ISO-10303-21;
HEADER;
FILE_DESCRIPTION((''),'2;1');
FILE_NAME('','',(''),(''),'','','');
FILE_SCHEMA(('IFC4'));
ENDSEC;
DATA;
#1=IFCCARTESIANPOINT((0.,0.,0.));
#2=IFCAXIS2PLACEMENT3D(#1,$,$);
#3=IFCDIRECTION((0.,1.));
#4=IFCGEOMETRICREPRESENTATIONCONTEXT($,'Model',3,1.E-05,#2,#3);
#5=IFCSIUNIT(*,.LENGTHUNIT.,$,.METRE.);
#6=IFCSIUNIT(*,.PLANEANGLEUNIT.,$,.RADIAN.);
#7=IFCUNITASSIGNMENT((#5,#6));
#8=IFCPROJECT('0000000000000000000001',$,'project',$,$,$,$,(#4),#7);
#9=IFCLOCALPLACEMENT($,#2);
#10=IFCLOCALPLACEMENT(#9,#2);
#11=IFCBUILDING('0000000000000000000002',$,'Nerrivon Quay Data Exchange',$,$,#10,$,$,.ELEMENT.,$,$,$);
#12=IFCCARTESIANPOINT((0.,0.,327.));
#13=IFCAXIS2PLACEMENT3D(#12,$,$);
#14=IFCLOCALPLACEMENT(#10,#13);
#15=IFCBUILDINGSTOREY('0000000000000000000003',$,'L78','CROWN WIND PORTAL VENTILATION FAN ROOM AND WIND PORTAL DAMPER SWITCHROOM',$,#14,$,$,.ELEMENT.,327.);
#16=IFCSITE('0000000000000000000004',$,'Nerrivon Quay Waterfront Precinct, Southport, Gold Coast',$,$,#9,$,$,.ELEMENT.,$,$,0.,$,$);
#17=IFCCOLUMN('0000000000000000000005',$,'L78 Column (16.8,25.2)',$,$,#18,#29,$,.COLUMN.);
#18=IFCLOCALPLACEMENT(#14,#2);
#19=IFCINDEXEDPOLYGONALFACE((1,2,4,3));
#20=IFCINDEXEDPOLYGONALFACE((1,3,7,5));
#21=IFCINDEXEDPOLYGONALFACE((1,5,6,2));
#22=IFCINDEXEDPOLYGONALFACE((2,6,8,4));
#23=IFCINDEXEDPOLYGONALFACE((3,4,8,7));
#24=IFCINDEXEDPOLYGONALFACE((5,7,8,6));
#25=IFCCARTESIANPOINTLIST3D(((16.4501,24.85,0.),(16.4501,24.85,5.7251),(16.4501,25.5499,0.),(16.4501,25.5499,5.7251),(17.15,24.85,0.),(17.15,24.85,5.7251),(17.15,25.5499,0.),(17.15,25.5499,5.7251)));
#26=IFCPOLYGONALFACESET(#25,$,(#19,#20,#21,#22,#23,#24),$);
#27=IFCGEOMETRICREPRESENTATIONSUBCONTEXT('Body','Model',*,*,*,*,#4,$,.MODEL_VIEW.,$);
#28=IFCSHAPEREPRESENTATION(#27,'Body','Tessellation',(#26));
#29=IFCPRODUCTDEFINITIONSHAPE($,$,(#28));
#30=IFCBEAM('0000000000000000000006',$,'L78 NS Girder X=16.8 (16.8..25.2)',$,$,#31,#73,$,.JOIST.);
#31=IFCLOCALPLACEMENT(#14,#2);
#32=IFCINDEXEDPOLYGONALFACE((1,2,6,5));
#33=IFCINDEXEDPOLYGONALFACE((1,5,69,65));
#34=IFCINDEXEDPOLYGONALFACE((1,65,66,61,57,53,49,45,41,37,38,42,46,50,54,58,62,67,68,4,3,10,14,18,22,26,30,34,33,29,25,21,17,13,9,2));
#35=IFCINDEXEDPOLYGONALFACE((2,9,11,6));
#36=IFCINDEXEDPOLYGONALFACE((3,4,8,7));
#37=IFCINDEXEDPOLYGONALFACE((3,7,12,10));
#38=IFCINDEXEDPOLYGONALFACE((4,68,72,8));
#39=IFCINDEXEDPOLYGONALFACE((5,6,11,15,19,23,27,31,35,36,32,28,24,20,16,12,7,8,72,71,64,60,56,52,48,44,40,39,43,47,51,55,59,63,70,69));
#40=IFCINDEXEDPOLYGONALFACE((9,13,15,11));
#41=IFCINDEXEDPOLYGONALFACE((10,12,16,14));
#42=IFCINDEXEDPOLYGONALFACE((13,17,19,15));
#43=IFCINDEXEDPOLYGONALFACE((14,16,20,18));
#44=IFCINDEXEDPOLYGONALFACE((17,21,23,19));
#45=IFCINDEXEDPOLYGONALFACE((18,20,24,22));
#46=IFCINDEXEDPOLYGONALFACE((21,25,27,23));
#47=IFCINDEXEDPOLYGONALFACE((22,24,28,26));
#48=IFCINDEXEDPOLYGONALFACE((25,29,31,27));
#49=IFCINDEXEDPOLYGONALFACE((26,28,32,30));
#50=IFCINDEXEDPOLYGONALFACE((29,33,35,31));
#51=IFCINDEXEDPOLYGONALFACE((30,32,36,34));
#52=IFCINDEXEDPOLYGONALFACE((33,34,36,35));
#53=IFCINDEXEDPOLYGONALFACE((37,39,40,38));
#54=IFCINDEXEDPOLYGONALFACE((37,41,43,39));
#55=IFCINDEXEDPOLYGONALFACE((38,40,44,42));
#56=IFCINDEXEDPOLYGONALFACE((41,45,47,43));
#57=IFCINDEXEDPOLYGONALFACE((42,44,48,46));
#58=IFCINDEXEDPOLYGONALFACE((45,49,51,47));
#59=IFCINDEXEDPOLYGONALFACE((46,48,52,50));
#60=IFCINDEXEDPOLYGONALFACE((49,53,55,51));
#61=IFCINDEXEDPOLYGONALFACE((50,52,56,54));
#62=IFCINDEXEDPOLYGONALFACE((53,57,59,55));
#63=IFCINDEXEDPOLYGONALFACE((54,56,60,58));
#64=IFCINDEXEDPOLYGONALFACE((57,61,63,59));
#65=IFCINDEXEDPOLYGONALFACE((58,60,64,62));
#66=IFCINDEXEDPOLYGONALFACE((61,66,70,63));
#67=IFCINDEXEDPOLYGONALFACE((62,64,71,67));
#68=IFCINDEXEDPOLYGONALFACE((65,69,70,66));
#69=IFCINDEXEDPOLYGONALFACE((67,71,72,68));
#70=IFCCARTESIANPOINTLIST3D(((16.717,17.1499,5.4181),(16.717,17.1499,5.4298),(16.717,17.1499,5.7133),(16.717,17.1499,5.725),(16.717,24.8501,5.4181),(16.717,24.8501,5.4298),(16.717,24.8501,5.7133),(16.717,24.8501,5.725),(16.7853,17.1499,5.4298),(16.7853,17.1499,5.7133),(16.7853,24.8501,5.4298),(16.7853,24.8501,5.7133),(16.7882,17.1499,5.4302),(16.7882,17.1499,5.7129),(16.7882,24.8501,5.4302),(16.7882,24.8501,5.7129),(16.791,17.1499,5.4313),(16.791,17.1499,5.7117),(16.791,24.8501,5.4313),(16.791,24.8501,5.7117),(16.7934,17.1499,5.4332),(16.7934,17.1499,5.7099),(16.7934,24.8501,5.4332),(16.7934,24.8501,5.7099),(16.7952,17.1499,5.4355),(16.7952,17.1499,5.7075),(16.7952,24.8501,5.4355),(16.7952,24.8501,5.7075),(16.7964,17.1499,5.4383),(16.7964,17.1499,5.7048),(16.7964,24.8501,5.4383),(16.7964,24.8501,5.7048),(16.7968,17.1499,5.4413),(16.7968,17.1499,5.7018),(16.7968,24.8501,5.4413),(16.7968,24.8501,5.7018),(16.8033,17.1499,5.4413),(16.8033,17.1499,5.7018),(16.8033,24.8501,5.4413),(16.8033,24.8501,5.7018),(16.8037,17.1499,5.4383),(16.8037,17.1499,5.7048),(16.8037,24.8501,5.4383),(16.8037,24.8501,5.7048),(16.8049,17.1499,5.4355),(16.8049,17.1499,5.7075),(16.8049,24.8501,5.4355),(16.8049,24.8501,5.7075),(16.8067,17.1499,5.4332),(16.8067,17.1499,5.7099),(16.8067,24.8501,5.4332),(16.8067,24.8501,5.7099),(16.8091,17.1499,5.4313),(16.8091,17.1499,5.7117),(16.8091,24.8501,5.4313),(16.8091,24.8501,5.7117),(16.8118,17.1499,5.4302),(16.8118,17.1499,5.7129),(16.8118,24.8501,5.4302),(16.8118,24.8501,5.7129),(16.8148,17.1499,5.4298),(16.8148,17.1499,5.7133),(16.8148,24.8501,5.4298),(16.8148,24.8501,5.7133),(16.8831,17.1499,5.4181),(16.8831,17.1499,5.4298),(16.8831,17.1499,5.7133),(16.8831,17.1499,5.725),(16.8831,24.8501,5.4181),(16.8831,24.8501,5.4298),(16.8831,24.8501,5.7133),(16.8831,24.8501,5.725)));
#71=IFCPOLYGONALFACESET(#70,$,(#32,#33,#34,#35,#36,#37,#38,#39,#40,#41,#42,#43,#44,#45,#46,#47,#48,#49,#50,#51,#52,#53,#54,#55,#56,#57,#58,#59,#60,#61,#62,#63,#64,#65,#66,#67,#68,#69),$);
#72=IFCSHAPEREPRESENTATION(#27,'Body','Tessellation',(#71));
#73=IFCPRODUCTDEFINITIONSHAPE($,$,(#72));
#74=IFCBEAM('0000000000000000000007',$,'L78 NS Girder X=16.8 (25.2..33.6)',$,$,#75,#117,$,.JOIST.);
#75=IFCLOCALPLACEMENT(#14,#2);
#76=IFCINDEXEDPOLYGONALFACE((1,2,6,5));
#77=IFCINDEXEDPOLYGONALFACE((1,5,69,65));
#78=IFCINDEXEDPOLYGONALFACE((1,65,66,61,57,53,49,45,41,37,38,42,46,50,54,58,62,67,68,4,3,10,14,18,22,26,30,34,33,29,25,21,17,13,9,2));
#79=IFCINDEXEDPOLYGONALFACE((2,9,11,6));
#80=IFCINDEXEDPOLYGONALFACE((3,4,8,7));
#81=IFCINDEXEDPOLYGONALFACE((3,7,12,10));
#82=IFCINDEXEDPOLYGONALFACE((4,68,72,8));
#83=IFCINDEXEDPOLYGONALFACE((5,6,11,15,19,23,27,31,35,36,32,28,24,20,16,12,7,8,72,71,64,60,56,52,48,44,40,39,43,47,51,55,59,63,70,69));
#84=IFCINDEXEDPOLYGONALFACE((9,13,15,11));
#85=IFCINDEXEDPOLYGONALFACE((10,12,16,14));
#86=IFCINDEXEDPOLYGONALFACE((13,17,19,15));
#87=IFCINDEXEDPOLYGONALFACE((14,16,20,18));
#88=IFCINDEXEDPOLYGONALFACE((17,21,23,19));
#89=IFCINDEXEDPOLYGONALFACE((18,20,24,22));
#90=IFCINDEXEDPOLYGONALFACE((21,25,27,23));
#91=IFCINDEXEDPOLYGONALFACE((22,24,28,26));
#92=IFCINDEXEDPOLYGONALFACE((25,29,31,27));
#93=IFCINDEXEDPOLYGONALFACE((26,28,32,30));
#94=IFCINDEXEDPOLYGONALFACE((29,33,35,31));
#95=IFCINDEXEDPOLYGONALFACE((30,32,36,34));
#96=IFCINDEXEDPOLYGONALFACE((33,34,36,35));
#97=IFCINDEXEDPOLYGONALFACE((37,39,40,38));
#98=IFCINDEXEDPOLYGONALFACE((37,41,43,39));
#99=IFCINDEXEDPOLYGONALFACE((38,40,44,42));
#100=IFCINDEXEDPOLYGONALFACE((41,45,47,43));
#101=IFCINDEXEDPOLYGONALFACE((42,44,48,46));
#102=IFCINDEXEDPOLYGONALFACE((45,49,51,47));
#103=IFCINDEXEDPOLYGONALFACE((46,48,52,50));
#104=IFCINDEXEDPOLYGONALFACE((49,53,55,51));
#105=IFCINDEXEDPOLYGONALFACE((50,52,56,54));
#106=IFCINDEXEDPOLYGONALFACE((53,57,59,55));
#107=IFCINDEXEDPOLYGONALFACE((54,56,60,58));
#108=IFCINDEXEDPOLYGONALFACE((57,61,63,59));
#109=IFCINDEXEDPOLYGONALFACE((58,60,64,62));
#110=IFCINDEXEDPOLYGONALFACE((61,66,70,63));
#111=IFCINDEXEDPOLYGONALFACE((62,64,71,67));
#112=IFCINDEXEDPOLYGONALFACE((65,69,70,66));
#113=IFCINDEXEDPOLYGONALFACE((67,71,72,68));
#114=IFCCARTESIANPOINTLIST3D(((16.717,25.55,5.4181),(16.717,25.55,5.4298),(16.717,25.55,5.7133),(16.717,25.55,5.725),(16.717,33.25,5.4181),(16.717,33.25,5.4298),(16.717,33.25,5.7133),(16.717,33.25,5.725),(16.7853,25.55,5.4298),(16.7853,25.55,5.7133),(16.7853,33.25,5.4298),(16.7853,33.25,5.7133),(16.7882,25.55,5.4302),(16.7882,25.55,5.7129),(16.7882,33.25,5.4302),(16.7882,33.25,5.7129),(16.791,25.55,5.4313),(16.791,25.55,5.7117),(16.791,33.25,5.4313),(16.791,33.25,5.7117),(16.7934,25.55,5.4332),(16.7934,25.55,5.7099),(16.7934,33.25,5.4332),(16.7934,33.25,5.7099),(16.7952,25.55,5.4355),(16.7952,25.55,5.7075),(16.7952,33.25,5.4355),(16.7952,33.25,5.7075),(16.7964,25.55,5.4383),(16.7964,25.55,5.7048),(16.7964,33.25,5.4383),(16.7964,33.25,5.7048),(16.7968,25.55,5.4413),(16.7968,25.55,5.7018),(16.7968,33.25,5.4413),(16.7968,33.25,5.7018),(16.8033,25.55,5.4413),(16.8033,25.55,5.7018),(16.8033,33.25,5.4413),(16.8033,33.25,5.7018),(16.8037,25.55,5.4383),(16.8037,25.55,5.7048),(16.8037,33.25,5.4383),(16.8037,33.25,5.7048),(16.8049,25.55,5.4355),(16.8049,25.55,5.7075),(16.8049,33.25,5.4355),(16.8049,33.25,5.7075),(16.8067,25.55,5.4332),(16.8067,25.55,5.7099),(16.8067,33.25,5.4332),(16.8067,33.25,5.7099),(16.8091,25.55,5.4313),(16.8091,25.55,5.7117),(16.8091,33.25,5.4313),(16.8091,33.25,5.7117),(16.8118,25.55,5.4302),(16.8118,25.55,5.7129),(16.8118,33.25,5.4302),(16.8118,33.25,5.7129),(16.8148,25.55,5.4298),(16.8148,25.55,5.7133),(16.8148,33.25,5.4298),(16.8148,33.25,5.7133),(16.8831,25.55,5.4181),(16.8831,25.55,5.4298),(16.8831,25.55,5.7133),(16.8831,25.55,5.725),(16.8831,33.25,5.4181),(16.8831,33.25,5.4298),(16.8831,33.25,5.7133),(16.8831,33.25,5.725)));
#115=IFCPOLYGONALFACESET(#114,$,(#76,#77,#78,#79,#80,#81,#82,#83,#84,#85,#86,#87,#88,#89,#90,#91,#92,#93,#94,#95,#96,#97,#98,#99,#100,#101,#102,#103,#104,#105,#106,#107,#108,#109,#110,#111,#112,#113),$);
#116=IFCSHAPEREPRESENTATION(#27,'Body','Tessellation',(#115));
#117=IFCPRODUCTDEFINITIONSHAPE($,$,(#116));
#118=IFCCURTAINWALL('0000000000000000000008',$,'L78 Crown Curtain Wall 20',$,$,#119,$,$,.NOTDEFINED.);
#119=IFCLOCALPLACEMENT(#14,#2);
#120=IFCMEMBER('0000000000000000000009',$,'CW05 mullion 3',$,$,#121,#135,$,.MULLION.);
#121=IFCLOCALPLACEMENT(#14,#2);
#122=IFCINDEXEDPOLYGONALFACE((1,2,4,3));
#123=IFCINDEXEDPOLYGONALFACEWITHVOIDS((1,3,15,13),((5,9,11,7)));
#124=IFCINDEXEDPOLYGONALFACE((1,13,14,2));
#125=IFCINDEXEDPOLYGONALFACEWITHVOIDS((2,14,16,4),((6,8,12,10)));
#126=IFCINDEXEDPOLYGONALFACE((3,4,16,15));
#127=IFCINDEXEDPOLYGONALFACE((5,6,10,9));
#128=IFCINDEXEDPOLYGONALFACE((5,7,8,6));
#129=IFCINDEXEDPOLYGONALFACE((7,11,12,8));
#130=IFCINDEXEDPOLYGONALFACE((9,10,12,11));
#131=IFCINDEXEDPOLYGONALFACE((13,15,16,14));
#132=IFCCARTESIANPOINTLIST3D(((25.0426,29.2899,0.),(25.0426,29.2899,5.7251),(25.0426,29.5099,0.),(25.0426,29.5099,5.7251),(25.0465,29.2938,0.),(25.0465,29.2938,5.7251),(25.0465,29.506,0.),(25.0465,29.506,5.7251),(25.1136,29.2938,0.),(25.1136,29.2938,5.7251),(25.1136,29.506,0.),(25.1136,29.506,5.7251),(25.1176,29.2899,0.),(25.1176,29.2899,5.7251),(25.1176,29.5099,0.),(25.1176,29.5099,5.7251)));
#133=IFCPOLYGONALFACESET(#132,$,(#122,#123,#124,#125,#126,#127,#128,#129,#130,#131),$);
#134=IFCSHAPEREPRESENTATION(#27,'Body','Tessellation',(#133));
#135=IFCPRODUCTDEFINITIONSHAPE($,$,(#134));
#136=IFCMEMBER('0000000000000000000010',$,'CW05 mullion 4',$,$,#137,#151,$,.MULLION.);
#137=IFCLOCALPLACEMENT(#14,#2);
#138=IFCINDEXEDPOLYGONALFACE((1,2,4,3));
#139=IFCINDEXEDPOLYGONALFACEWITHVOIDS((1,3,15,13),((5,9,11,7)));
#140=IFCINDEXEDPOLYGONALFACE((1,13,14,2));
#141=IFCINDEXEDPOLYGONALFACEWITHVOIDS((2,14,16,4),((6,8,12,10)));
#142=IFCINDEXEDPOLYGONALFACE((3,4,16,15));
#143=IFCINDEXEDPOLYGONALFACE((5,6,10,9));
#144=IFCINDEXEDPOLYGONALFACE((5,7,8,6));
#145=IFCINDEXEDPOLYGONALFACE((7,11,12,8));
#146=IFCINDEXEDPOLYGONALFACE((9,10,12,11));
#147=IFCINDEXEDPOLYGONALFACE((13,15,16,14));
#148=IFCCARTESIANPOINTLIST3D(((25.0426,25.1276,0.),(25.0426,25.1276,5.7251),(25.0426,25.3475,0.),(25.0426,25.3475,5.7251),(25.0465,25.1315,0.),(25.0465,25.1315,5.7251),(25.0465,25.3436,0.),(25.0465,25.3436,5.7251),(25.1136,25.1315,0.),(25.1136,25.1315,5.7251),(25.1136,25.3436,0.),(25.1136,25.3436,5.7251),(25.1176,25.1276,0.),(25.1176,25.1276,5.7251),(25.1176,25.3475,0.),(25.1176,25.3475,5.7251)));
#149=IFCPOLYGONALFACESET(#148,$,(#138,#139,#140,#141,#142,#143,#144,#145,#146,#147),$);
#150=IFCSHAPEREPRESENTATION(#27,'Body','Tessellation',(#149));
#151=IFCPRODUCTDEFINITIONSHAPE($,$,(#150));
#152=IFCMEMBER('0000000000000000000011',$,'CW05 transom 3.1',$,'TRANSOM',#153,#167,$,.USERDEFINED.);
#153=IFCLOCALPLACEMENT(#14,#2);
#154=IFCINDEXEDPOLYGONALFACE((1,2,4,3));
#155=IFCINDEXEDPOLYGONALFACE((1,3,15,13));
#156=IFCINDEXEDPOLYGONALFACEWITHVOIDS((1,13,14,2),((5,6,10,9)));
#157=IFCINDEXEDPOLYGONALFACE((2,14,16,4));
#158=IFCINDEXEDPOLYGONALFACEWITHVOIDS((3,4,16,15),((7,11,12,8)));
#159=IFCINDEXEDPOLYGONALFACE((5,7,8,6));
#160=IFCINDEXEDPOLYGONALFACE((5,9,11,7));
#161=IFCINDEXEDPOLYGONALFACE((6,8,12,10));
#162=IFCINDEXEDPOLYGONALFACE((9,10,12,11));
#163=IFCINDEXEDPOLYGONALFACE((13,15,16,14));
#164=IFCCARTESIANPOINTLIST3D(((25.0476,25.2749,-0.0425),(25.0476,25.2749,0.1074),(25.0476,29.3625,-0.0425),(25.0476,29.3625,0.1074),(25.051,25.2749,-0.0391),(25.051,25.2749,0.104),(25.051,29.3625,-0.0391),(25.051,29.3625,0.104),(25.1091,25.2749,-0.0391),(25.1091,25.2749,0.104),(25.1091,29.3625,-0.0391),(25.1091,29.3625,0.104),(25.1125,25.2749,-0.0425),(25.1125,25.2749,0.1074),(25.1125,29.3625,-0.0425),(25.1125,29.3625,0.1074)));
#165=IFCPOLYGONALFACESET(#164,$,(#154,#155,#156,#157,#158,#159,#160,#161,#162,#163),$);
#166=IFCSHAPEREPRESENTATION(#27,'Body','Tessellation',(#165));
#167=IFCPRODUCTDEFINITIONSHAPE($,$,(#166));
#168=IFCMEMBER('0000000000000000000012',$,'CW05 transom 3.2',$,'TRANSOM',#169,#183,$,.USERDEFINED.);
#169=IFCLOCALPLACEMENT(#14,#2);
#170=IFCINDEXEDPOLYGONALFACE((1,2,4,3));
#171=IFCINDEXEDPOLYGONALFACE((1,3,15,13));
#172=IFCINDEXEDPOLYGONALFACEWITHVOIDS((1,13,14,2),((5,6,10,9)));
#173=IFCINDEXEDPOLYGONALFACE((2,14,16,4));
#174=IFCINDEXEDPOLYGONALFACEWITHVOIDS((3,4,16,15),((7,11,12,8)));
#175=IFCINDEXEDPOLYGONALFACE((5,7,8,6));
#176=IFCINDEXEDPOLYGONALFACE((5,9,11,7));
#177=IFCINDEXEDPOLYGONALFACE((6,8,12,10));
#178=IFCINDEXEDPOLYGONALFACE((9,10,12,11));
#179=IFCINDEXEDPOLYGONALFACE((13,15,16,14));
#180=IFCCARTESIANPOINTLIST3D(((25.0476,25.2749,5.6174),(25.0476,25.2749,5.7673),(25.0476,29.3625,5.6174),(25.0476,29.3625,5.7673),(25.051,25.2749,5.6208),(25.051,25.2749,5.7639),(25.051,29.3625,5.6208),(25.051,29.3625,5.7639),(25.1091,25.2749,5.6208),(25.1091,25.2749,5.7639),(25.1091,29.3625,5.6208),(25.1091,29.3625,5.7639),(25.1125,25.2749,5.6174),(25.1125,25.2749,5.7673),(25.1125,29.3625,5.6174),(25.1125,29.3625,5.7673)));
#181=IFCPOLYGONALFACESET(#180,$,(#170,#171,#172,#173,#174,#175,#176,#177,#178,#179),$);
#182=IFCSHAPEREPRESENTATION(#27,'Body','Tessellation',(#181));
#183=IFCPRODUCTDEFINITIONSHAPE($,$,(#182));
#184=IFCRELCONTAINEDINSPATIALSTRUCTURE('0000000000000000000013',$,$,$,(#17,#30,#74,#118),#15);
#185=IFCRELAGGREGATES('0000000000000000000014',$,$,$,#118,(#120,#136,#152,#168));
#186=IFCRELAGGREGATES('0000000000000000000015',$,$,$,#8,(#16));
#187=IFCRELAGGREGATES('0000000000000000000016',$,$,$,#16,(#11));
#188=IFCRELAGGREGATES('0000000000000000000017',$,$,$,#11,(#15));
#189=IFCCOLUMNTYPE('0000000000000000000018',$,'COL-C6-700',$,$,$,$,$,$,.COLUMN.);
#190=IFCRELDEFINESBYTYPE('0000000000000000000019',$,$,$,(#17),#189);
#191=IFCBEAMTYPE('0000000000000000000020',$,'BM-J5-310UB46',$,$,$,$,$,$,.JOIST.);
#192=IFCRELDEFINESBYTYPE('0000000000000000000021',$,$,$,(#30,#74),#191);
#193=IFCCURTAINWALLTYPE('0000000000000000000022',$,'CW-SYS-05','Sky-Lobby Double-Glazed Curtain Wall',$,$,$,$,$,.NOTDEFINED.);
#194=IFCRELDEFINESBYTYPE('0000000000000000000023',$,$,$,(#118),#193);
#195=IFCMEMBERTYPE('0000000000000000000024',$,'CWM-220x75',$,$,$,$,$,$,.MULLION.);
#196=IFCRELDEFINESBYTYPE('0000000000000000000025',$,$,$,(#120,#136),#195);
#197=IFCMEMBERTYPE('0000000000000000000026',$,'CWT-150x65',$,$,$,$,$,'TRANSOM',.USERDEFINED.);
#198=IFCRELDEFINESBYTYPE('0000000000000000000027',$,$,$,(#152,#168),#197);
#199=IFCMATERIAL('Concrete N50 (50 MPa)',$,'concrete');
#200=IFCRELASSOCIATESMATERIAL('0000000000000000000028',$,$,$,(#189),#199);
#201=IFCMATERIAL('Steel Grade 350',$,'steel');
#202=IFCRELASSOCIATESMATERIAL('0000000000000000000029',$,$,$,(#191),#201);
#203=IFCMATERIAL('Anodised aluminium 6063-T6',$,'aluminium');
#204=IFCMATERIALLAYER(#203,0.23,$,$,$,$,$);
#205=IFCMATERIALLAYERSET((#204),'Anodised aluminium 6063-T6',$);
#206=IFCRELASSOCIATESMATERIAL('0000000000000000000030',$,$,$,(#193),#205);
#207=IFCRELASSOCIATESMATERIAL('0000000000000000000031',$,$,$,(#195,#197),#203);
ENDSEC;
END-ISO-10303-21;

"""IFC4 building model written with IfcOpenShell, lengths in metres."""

from ifc_helpers import new_model, si_unit, direction, frame, origin, origin_2d, place, context, subcontext, project, spatial, rectangle, hollow_rectangle, i_section, extrude, material, layer, layer_set, material_profile, profile_set, type_object, element, aggregate, save


model = new_model("IFC4")

# Units and contexts
model_context = context("Model", 3, precision=1e-05, world=origin(), true_north=direction((0.0, 1.0)))
body_context = subcontext(model_context, "Body", "Model", "MODEL_VIEW")
ifc_project = project(units=[si_unit("LENGTHUNIT", "METRE"), si_unit("PLANEANGLEUNIT", "RADIAN")], contexts=[model_context])

# Site, building, storey
site_placement = place(None, origin())
site = spatial("IfcSite", under=ifc_project, at=site_placement, Name="Nerrivon Quay Waterfront Precinct, Southport, Gold Coast", CompositionType="ELEMENT", RefElevation=0.0)
building_placement = place(site_placement, origin())
building = spatial("IfcBuilding", under=site, at=building_placement, Name="Nerrivon Quay Data Exchange", CompositionType="ELEMENT")
storey_placement = place(building_placement, frame((0.0, 0.0, 327.0)))
storey = spatial("IfcBuildingStorey", under=building, at=storey_placement, Name="L78", Description="CROWN WIND PORTAL VENTILATION FAN ROOM AND WIND PORTAL DAMPER SWITCHROOM", CompositionType="ELEMENT", Elevation=327.0)

# Column
ifc_material_1 = material(Name="Concrete N50 (50 MPa)", Category="concrete")
ifc_material_profile_1 = material_profile(ifc_material_1, rectangle(XDim=0.7, YDim=0.7, at=origin_2d()), Name="RC-COL-700x700")
ifc_profile_set_1 = profile_set([ifc_material_profile_1], Name="Concrete N50 (50 MPa)")
column_type = type_object("IfcColumnType", Name="COL-C6-700", PredefinedType="COLUMN", material=ifc_profile_set_1)
column_placement = place(storey_placement, frame((16.8, 25.2, 0.0), z_axis=(0.0, 0.0, 1.0), x_axis=(1.0, 0.0, 0.0)))
element("IfcColumn", 1, at=column_placement, inside=storey, type_object=column_type, Name="L78 Column (16.8,25.2)", PredefinedType="COLUMN", context=body_context, shape_type="SweptSolid", body=[
    extrude(rectangle(XDim=0.7, YDim=0.7, at=origin_2d()), origin(), (0.0, 0.0, 1.0), 5.7251),
])

# Beams
ifc_material_2 = material(Name="Steel Grade 350", Category="steel")
ifc_material_profile_2 = material_profile(ifc_material_2, i_section(OverallWidth=0.166, OverallDepth=0.3069, WebThickness=0.0066, FlangeThickness=0.0117, FilletRadius=0.0115, at=origin_2d()), Name="310UB46.2")
ifc_profile_set_2 = profile_set([ifc_material_profile_2], Name="Steel Grade 350")
beam_type = type_object("IfcBeamType", Name="BM-J5-310UB46", PredefinedType="JOIST", material=ifc_profile_set_2)
beam_1_placement = place(storey_placement, frame((16.8, 17.1499, 5.5715), z_axis=(0.0, 1.0, 0.0), x_axis=(-1.0, 0.0, 0.0)))
element("IfcBeam", 2, at=beam_1_placement, inside=storey, type_object=beam_type, Name="L78 NS Girder X=16.8 (16.8..25.2)", PredefinedType="JOIST", context=body_context, shape_type="SweptSolid", body=[
    extrude(i_section(OverallWidth=0.166, OverallDepth=0.3069, WebThickness=0.0066, FlangeThickness=0.0117, FilletRadius=0.0115, at=origin_2d()), origin(), (0.0, 0.0, 1.0), 7.7002),
])
beam_2_placement = place(storey_placement, frame((16.8, 25.55, 5.5715), z_axis=(0.0, 1.0, 0.0), x_axis=(-1.0, 0.0, 0.0)))
element("IfcBeam", 3, at=beam_2_placement, inside=storey, type_object=beam_type, Name="L78 NS Girder X=16.8 (25.2..33.6)", PredefinedType="JOIST", context=body_context, shape_type="SweptSolid", body=[
    extrude(i_section(OverallWidth=0.166, OverallDepth=0.3069, WebThickness=0.0066, FlangeThickness=0.0117, FilletRadius=0.0115, at=origin_2d()), origin(), (0.0, 0.0, 1.0), 7.7),
])

# Curtain wall, members
ifc_material_3 = material(Name="Anodised aluminium 6063-T6", Category="aluminium")
ifc_layer_1 = layer(ifc_material_3, 0.23)
ifc_layer_set_1 = layer_set([ifc_layer_1], Name="Anodised aluminium 6063-T6")
curtain_wall_type = type_object("IfcCurtainWallType", Name="CW-SYS-05", Description="Sky-Lobby Double-Glazed Curtain Wall", PredefinedType="NOTDEFINED", material=ifc_layer_set_1)
curtain_wall_placement = place(storey_placement, origin())
curtain_wall = element("IfcCurtainWall", 4, at=curtain_wall_placement, inside=storey, type_object=curtain_wall_type, Name="L78 Crown Curtain Wall 20", PredefinedType="NOTDEFINED")
ifc_material_profile_3 = material_profile(ifc_material_3, hollow_rectangle(XDim=0.075, YDim=0.22, WallThickness=0.0039, at=origin_2d()), Name="ALU-MULL-220x75")
ifc_profile_set_3 = profile_set([ifc_material_profile_3], Name="Anodised aluminium 6063-T6")
member_type_1 = type_object("IfcMemberType", Name="CWM-220x75", PredefinedType="MULLION", material=ifc_profile_set_3)
member_1_placement = place(storey_placement, frame((25.0801, 29.3999, 0.0), z_axis=(0.0, 0.0, 1.0), x_axis=(1.0, 0.0, 0.0)))
member_1 = element("IfcMember", 5, at=member_1_placement, type_object=member_type_1, Name="CW05 mullion 3", PredefinedType="MULLION", context=body_context, shape_type="SweptSolid", body=[
    extrude(hollow_rectangle(XDim=0.075, YDim=0.22, WallThickness=0.0039, at=origin_2d()), origin(), (0.0, 0.0, 1.0), 5.7251),
])
member_2_placement = place(storey_placement, frame((25.0801, 25.2375, 0.0), z_axis=(0.0, 0.0, 1.0), x_axis=(1.0, 0.0, 0.0)))
member_2 = element("IfcMember", 6, at=member_2_placement, type_object=member_type_1, Name="CW05 mullion 4", PredefinedType="MULLION", context=body_context, shape_type="SweptSolid", body=[
    extrude(hollow_rectangle(XDim=0.075, YDim=0.22, WallThickness=0.0039, at=origin_2d()), origin(), (0.0, 0.0, 1.0), 5.7251),
])
ifc_material_profile_4 = material_profile(ifc_material_3, hollow_rectangle(XDim=0.0649, YDim=0.1499, WallThickness=0.0034, at=origin_2d()), Name="ALU-TRAN-150x65")
ifc_profile_set_4 = profile_set([ifc_material_profile_4], Name="Anodised aluminium 6063-T6")
member_type_2 = type_object("IfcMemberType", Name="CWT-150x65", ElementType="TRANSOM", PredefinedType="USERDEFINED", material=ifc_profile_set_4)
member_3_placement = place(storey_placement, frame((25.0801, 29.3625, 0.0325), z_axis=(0.0, -1.0, 0.0), x_axis=(1.0, 0.0, 0.0)))
member_3 = element("IfcMember", 7, at=member_3_placement, type_object=member_type_2, Name="CW05 transom 3.1", ObjectType="TRANSOM", PredefinedType="USERDEFINED", context=body_context, shape_type="SweptSolid", body=[
    extrude(hollow_rectangle(XDim=0.0649, YDim=0.1499, WallThickness=0.0034, at=origin_2d()), origin(), (0.0, 0.0, 1.0), 4.0876),
])
member_4_placement = place(storey_placement, frame((25.0801, 29.3625, 5.6924), z_axis=(0.0, -1.0, 0.0), x_axis=(1.0, 0.0, 0.0)))
member_4 = element("IfcMember", 8, at=member_4_placement, type_object=member_type_2, Name="CW05 transom 3.2", ObjectType="TRANSOM", PredefinedType="USERDEFINED", context=body_context, shape_type="SweptSolid", body=[
    extrude(hollow_rectangle(XDim=0.0649, YDim=0.1499, WallThickness=0.0034, at=origin_2d()), origin(), (0.0, 0.0, 1.0), 4.0876),
])
aggregate(curtain_wall, [member_1, member_2, member_3, member_4])

save(model, "model.ifc")
